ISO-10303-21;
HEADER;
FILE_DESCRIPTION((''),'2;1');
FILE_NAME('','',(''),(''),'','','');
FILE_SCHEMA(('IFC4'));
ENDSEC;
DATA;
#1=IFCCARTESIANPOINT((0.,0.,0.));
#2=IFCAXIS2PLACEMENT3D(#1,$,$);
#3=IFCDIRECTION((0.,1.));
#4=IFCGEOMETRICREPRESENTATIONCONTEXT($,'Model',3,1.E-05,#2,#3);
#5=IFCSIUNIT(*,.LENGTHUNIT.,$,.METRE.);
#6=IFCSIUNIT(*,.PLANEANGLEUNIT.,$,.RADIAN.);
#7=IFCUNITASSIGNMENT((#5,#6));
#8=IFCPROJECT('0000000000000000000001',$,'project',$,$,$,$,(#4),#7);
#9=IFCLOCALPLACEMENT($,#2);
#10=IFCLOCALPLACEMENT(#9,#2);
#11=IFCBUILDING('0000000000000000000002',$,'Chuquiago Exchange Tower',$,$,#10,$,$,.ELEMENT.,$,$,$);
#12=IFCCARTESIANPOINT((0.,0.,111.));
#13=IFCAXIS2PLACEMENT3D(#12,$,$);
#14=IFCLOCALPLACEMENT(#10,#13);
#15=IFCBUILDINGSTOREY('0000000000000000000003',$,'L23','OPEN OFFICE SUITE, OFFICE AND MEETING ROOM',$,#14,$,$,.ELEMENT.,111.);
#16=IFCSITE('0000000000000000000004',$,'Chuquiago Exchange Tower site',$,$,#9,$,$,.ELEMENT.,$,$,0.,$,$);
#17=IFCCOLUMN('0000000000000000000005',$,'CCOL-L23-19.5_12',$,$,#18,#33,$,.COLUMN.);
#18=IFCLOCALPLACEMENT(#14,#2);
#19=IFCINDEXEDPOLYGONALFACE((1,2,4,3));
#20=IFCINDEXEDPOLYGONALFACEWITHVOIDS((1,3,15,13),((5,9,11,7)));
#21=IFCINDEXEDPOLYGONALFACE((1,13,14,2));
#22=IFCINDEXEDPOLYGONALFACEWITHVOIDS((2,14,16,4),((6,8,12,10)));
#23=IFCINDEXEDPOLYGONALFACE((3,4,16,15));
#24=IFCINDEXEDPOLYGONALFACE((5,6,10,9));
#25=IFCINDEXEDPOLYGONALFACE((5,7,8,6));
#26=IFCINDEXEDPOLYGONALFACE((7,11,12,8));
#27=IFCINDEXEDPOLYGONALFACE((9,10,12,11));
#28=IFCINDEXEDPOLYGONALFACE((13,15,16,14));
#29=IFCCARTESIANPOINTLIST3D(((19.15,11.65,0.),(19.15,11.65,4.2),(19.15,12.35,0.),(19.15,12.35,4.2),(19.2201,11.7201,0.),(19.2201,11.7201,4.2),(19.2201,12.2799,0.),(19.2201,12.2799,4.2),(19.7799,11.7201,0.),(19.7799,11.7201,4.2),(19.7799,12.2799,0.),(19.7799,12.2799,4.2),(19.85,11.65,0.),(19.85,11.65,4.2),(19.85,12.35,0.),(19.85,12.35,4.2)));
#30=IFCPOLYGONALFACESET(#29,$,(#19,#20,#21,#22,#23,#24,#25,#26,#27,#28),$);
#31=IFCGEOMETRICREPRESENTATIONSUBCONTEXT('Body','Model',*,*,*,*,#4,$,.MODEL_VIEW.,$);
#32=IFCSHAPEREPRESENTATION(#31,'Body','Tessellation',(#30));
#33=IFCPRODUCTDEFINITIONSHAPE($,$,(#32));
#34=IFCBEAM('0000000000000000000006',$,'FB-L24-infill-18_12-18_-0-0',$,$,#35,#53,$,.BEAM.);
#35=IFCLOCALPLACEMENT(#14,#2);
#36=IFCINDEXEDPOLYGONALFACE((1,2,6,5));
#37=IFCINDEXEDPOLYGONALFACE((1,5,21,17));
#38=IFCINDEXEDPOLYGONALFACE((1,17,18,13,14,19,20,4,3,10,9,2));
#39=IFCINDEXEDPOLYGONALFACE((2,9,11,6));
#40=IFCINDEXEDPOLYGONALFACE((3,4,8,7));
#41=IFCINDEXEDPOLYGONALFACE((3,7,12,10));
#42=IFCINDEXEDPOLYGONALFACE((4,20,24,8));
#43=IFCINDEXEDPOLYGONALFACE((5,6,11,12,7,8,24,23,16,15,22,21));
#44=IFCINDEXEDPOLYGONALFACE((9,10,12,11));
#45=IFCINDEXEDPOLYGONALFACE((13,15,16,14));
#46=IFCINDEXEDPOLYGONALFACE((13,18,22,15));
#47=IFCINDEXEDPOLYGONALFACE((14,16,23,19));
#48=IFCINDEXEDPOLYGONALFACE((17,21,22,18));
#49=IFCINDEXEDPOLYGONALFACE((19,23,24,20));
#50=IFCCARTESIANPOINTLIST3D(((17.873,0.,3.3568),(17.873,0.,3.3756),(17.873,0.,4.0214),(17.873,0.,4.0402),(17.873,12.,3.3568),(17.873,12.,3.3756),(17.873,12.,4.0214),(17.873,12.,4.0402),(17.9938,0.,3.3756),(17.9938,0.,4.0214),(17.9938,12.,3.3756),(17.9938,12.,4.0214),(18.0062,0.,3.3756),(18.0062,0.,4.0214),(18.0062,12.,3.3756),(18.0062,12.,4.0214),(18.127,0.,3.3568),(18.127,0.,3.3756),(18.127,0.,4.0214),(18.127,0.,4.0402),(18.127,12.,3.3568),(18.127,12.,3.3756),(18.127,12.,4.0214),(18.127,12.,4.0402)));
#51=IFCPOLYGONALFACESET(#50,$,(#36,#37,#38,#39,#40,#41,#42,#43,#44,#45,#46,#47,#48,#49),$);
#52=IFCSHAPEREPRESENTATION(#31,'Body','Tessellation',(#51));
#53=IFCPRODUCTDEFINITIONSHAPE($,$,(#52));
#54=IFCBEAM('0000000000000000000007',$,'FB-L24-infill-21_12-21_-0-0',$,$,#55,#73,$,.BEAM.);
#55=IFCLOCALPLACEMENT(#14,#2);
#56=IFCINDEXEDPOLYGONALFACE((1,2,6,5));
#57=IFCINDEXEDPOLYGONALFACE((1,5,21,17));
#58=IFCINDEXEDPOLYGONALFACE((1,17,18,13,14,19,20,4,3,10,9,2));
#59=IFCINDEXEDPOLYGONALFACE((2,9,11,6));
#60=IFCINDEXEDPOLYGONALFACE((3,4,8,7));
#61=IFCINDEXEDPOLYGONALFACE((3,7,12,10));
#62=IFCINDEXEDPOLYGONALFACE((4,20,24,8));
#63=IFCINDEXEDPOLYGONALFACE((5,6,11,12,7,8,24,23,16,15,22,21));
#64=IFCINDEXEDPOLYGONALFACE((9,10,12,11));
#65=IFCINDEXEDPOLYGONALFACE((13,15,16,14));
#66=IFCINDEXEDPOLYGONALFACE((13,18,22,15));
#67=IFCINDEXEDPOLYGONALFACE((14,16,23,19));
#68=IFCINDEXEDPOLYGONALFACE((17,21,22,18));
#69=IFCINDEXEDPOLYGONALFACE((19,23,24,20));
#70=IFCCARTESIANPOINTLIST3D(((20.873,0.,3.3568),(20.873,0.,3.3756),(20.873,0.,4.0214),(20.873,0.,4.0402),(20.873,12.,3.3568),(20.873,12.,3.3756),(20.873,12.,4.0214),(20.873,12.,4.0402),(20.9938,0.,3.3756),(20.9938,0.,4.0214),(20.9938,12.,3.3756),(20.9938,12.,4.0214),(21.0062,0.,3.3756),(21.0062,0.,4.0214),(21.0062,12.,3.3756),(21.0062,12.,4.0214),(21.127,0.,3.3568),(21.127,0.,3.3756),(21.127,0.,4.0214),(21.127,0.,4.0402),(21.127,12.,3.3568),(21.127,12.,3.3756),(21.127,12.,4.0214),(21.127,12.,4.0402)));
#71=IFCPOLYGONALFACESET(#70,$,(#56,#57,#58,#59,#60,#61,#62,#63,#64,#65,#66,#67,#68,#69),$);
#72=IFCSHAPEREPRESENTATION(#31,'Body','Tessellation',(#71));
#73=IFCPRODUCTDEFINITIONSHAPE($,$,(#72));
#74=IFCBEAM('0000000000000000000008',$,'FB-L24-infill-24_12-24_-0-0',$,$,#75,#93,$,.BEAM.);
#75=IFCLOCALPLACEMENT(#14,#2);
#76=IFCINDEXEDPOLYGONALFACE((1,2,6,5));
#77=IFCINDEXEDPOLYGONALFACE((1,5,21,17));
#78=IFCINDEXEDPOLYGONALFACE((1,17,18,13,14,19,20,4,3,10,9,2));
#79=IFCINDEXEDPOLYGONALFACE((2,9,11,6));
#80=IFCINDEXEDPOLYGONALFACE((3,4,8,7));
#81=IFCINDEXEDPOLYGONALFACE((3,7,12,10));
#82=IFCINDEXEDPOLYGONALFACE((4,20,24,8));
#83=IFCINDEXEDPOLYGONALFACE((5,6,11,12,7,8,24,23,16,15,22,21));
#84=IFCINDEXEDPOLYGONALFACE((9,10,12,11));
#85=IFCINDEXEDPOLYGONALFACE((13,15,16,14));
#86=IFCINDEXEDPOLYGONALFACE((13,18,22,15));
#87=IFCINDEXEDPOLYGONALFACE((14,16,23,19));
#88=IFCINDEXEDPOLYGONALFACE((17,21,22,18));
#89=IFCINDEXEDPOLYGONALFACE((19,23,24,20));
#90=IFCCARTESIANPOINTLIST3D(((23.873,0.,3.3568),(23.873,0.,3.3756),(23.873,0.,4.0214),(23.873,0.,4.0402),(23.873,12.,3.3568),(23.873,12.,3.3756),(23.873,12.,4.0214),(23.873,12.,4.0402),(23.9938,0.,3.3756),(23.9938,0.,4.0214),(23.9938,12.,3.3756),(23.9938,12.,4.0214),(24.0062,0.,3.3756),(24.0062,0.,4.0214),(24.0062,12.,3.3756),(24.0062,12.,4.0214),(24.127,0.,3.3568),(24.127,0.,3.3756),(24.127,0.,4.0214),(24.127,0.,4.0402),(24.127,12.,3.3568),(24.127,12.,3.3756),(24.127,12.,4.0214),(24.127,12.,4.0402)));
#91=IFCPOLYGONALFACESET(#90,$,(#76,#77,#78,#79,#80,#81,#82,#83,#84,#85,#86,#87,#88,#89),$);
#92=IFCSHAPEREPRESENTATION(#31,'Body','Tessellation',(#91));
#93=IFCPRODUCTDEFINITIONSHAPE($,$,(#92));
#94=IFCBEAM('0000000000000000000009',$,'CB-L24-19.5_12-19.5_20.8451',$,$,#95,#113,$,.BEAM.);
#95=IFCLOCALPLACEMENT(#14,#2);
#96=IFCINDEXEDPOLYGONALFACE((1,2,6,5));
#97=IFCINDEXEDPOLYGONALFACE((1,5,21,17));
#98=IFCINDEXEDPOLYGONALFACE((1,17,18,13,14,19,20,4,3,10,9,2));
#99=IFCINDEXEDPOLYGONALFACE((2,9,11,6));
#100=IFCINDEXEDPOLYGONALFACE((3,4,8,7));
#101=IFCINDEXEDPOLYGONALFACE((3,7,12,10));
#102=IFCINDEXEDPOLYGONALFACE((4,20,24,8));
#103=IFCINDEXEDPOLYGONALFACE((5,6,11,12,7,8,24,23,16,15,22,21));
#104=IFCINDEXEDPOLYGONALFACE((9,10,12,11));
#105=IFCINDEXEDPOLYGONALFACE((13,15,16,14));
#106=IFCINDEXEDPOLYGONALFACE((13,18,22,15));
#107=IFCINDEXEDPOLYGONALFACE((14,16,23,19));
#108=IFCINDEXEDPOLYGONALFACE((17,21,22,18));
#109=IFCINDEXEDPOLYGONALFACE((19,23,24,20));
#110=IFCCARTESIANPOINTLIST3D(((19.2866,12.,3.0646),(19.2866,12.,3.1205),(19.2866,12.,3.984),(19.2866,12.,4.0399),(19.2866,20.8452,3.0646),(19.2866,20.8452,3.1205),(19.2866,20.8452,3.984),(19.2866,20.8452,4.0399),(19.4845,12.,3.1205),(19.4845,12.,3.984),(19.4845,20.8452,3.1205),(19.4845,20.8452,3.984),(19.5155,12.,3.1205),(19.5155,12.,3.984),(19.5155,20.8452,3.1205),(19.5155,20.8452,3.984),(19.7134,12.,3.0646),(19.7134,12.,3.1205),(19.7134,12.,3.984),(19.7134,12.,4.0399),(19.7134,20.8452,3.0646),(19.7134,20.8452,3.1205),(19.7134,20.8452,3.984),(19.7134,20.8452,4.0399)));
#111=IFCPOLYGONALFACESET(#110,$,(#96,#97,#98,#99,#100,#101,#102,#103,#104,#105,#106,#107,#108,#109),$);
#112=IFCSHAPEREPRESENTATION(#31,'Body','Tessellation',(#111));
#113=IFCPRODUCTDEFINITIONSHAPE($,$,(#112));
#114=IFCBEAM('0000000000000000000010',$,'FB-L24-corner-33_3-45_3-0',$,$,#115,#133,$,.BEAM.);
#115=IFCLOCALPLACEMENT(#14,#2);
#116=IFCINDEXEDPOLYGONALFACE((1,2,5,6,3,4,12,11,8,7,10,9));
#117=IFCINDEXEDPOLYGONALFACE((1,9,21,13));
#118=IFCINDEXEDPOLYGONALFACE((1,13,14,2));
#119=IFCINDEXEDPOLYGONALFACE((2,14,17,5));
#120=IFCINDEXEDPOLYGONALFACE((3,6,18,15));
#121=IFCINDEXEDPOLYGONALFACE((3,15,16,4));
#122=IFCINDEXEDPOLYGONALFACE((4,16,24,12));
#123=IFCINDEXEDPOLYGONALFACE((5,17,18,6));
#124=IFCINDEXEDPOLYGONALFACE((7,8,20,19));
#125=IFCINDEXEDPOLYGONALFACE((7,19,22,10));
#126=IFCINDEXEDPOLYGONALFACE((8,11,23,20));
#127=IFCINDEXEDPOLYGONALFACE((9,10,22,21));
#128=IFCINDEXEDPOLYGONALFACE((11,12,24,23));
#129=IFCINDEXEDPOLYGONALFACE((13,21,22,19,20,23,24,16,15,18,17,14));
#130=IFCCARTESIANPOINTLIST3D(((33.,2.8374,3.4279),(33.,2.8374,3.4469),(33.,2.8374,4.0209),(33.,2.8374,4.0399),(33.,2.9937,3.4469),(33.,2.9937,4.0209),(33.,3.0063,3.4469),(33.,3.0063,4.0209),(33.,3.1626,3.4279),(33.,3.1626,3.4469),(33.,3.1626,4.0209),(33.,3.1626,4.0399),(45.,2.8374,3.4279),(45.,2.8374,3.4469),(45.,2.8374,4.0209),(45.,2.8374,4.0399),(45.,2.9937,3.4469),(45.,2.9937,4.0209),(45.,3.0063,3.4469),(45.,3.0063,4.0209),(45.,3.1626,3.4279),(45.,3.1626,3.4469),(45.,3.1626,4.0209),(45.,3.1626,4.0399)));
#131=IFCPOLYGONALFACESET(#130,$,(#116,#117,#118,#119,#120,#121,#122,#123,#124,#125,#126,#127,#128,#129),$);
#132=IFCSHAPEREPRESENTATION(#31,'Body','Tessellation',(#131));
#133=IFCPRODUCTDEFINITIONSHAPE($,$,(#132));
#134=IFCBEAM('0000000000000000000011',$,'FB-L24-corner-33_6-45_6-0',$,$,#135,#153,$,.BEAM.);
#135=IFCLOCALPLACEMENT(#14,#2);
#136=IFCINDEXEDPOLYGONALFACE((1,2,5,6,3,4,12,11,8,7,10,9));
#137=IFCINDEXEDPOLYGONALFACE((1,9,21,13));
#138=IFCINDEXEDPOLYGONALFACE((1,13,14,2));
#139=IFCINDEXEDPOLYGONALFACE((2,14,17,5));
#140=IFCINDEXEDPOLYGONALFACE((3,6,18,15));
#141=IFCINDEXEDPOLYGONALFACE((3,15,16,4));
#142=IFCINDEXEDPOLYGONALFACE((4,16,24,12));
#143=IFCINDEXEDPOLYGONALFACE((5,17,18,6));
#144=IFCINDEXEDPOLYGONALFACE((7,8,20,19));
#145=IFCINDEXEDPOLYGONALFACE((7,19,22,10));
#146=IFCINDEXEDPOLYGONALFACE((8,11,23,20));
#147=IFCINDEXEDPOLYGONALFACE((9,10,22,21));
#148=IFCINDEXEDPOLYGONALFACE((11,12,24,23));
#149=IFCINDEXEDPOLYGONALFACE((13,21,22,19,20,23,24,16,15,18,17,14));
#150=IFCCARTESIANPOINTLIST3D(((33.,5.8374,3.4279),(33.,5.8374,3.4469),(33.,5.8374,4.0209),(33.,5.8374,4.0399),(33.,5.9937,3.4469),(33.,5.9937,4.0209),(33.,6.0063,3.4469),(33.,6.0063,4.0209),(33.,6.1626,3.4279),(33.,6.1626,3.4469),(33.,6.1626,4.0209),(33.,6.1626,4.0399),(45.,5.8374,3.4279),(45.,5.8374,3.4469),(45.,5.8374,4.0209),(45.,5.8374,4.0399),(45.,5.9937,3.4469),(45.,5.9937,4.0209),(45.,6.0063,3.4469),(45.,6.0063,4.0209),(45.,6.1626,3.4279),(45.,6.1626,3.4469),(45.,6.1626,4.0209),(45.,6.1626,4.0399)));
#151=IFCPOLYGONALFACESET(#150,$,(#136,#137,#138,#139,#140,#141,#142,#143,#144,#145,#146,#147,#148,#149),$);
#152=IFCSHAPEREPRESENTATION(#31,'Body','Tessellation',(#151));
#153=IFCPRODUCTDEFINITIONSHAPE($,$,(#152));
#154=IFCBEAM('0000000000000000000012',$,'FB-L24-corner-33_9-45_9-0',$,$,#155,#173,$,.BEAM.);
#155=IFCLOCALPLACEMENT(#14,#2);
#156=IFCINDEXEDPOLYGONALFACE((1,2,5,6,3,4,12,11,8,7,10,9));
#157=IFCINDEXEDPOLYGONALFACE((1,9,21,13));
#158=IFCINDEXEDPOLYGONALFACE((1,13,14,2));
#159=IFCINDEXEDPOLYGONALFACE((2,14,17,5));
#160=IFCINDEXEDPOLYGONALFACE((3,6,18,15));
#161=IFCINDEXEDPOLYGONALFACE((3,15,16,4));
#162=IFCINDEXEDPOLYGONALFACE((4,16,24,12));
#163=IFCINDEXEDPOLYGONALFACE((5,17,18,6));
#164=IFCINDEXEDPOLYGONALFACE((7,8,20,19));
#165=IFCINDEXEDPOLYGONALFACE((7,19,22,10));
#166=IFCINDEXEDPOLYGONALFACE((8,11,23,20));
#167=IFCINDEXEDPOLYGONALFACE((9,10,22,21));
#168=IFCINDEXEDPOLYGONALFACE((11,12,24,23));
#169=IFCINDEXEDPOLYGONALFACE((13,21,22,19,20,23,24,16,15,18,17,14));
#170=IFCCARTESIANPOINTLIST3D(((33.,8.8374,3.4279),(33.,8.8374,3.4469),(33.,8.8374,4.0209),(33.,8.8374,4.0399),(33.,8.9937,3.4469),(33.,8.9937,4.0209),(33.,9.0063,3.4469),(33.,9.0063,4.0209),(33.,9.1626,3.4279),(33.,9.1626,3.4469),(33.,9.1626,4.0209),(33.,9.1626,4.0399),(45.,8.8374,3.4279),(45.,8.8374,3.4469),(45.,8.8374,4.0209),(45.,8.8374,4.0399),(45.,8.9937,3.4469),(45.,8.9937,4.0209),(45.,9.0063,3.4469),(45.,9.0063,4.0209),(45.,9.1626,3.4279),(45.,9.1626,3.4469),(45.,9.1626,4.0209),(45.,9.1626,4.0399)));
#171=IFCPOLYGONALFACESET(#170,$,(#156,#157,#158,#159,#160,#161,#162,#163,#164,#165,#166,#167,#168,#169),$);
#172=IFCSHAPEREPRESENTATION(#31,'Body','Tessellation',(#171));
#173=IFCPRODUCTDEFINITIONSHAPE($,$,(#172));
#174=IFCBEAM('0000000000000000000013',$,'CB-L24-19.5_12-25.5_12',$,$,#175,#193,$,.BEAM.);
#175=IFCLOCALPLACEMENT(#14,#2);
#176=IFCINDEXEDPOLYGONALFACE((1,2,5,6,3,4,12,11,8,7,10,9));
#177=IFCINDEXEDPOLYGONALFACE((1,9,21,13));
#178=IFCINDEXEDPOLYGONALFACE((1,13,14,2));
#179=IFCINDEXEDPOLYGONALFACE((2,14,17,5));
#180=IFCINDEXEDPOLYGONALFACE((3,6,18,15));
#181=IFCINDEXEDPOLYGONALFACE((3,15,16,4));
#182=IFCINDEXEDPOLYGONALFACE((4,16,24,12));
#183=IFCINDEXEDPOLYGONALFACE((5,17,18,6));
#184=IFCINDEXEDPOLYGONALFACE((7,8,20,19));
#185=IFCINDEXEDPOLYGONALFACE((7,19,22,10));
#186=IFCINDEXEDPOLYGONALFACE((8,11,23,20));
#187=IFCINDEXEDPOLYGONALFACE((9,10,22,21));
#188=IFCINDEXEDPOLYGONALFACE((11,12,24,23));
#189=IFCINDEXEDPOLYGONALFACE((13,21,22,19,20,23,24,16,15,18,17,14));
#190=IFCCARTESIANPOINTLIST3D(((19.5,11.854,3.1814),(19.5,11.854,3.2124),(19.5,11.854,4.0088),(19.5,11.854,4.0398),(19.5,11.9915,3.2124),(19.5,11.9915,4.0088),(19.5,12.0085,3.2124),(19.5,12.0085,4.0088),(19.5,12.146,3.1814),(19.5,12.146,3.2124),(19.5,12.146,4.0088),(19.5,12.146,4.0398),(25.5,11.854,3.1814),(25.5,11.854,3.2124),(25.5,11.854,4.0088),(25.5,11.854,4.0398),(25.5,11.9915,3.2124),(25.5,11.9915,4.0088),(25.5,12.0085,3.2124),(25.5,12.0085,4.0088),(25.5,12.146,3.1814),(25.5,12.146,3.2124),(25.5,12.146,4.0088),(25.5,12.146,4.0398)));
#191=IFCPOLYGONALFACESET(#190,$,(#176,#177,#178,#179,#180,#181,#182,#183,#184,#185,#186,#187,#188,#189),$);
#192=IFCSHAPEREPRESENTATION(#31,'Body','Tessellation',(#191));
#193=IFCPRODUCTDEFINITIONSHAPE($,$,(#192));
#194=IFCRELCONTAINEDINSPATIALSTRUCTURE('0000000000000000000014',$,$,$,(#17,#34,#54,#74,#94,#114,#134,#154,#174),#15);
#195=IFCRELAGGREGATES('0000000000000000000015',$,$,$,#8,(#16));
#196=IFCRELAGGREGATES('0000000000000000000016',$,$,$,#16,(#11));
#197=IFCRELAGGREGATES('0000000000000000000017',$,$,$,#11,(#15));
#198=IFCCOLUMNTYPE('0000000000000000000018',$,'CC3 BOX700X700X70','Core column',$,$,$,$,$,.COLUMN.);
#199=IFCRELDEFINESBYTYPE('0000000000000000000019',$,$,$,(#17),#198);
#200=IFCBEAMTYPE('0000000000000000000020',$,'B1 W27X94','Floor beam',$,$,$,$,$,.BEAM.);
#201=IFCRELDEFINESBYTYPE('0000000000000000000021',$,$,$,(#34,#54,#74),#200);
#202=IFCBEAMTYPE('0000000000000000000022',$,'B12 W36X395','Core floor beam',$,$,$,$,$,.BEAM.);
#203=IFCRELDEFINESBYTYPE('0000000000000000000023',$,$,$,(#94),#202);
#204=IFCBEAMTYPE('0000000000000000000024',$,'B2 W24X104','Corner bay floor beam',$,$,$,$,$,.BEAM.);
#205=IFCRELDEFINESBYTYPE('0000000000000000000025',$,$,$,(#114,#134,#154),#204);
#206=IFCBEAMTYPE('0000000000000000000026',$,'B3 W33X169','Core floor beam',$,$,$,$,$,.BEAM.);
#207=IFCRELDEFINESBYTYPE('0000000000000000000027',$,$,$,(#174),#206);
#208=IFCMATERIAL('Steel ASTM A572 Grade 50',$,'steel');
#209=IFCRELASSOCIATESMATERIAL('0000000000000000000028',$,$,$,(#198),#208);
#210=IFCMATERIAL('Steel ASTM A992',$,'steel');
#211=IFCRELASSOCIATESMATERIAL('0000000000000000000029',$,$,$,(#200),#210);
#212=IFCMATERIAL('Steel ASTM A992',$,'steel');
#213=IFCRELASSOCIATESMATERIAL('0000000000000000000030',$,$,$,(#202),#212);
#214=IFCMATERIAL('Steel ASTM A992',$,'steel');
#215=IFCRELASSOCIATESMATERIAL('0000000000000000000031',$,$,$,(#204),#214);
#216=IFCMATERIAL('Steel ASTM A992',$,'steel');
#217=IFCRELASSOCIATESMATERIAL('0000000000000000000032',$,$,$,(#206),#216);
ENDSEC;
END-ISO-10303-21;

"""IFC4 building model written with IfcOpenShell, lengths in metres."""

from ifc_helpers import new_model, si_unit, direction, frame, origin, origin_2d, place, context, subcontext, project, spatial, hollow_rectangle, i_section, extrude, material, material_profile, profile_set, type_object, element, save


model = new_model("IFC4")

# Units and contexts
model_context = context("Model", 3, precision=1e-05, world=origin(), true_north=direction((0.0, 1.0)))
body_context = subcontext(model_context, "Body", "Model", "MODEL_VIEW")
ifc_project = project(units=[si_unit("LENGTHUNIT", "METRE"), si_unit("PLANEANGLEUNIT", "RADIAN")], contexts=[model_context])

# Site, building, storey
site_placement = place(None, origin())
site = spatial("IfcSite", under=ifc_project, at=site_placement, Name="Chuquiago Exchange Tower site", CompositionType="ELEMENT", RefElevation=0.0)
building_placement = place(site_placement, origin())
building = spatial("IfcBuilding", under=site, at=building_placement, Name="Chuquiago Exchange Tower", CompositionType="ELEMENT")
storey_placement = place(building_placement, frame((0.0, 0.0, 111.0)))
storey = spatial("IfcBuildingStorey", under=building, at=storey_placement, Name="L23", Description="OPEN OFFICE SUITE, OFFICE AND MEETING ROOM", CompositionType="ELEMENT", Elevation=111.0)

# Column
ifc_material_1 = material(Name="Steel ASTM A572 Grade 50", Category="steel")
ifc_material_profile_1 = material_profile(ifc_material_1, hollow_rectangle(XDim=0.7, YDim=0.7, WallThickness=0.0701, at=origin_2d()), Name="BOX700X700X70")
ifc_profile_set_1 = profile_set([ifc_material_profile_1], Name="Steel ASTM A572 Grade 50")
column_type = type_object("IfcColumnType", Name="CC3 BOX700X700X70", Description="Core column", PredefinedType="COLUMN", material=ifc_profile_set_1)
column_placement = place(storey_placement, frame((19.5, 12.0, 0.0), z_axis=(0.0, 0.0, 1.0), x_axis=(1.0, 0.0, 0.0)))
element("IfcColumn", 1, at=column_placement, inside=storey, type_object=column_type, Name="CCOL-L23-19.5_12", PredefinedType="COLUMN", context=body_context, shape_type="SweptSolid", body=[
    extrude(hollow_rectangle(XDim=0.7, YDim=0.7, WallThickness=0.0701, at=origin_2d()), origin(), (0.0, 0.0, 1.0), 4.2),
])

# Beams
ifc_material_2 = material(Name="Steel ASTM A992", Category="steel")
ifc_material_profile_2 = material_profile(ifc_material_2, i_section(OverallWidth=0.2539, OverallDepth=0.6833, WebThickness=0.0125, FlangeThickness=0.0188, at=origin_2d()), Name="W27X94")
ifc_profile_set_2 = profile_set([ifc_material_profile_2], Name="Steel ASTM A992")
beam_type_1 = type_object("IfcBeamType", Name="B1 W27X94", Description="Floor beam", PredefinedType="BEAM", material=ifc_profile_set_2)
for number, where, z_axis, x_axis, name in (
    (2, (18.0, 12.0, 3.6985), (0.0, -1.0, 0.0), (1.0, 0.0, 0.0), "FB-L24-infill-18_12-18_-0-0"),
    (3, (21.0, 12.0, 3.6985), (0.0, -1.0, 0.0), (1.0, 0.0, 0.0), "FB-L24-infill-21_12-21_-0-0"),
    (4, (24.0, 12.0, 3.6985), (0.0, -1.0, 0.0), (1.0, 0.0, 0.0), "FB-L24-infill-24_12-24_-0-0"),
):
    element("IfcBeam", number, at=place(storey_placement, frame(where, z_axis=z_axis, x_axis=x_axis)), inside=storey, type_object=beam_type_1, Name=name, PredefinedType="BEAM", context=body_context, shape_type="SweptSolid", body=[
        extrude(i_section(OverallWidth=0.2539, OverallDepth=0.6833, WebThickness=0.0125, FlangeThickness=0.0188, at=origin_2d()), origin(), (0.0, 0.0, 1.0), 12.0),
    ])
ifc_material_3 = material(Name="Steel ASTM A992", Category="steel")
ifc_material_profile_3 = material_profile(ifc_material_3, i_section(OverallWidth=0.4268, OverallDepth=0.9753, WebThickness=0.031, FlangeThickness=0.0559, at=origin_2d()), Name="W36X395")
ifc_profile_set_3 = profile_set([ifc_material_profile_3], Name="Steel ASTM A992")
beam_type_2 = type_object("IfcBeamType", Name="B12 W36X395", Description="Core floor beam", PredefinedType="BEAM", material=ifc_profile_set_3)
beam_1_placement = place(storey_placement, frame((19.5, 12.0, 3.5522), z_axis=(0.0, 1.0, 0.0), x_axis=(-1.0, 0.0, 0.0)))
element("IfcBeam", 5, at=beam_1_placement, inside=storey, type_object=beam_type_2, Name="CB-L24-19.5_12-19.5_20.8451", PredefinedType="BEAM", context=body_context, shape_type="SweptSolid", body=[
    extrude(i_section(OverallWidth=0.4268, OverallDepth=0.9753, WebThickness=0.031, FlangeThickness=0.0559, at=origin_2d()), origin(), (0.0, 0.0, 1.0), 8.8452),
])
ifc_material_4 = material(Name="Steel ASTM A992", Category="steel")
ifc_material_profile_4 = material_profile(ifc_material_4, i_section(OverallWidth=0.3252, OverallDepth=0.6121, WebThickness=0.0127, FlangeThickness=0.019, at=origin_2d()), Name="W24X104")
ifc_profile_set_4 = profile_set([ifc_material_profile_4], Name="Steel ASTM A992")
beam_type_3 = type_object("IfcBeamType", Name="B2 W24X104", Description="Corner bay floor beam", PredefinedType="BEAM", material=ifc_profile_set_4)
for number, where, z_axis, x_axis, name in (
    (6, (33.0, 3.0, 3.7339), (1.0, 0.0, 0.0), (0.0, 1.0, 0.0), "FB-L24-corner-33_3-45_3-0"),
    (7, (33.0, 6.0, 3.7339), (1.0, 0.0, 0.0), (0.0, 1.0, 0.0), "FB-L24-corner-33_6-45_6-0"),
    (8, (33.0, 9.0, 3.7339), (1.0, 0.0, 0.0), (0.0, 1.0, 0.0), "FB-L24-corner-33_9-45_9-0"),
):
    element("IfcBeam", number, at=place(storey_placement, frame(where, z_axis=z_axis, x_axis=x_axis)), inside=storey, type_object=beam_type_3, Name=name, PredefinedType="BEAM", context=body_context, shape_type="SweptSolid", body=[
        extrude(i_section(OverallWidth=0.3252, OverallDepth=0.6121, WebThickness=0.0127, FlangeThickness=0.019, at=origin_2d()), origin(), (0.0, 0.0, 1.0), 12.0),
    ])
ifc_material_5 = material(Name="Steel ASTM A992", Category="steel")
ifc_material_profile_5 = material_profile(ifc_material_5, i_section(OverallWidth=0.292, OverallDepth=0.8584, WebThickness=0.0171, FlangeThickness=0.031, at=origin_2d()), Name="W33X169")
ifc_profile_set_5 = profile_set([ifc_material_profile_5], Name="Steel ASTM A992")
beam_type_4 = type_object("IfcBeamType", Name="B3 W33X169", Description="Core floor beam", PredefinedType="BEAM", material=ifc_profile_set_5)
beam_2_placement = place(storey_placement, frame((19.5, 12.0, 3.6106), z_axis=(1.0, 0.0, 0.0), x_axis=(0.0, 1.0, 0.0)))
element("IfcBeam", 9, at=beam_2_placement, inside=storey, type_object=beam_type_4, Name="CB-L24-19.5_12-25.5_12", PredefinedType="BEAM", context=body_context, shape_type="SweptSolid", body=[
    extrude(i_section(OverallWidth=0.292, OverallDepth=0.8584, WebThickness=0.0171, FlangeThickness=0.031, at=origin_2d()), origin(), (0.0, 0.0, 1.0), 6.0),
])

save(model, "model.ifc")
